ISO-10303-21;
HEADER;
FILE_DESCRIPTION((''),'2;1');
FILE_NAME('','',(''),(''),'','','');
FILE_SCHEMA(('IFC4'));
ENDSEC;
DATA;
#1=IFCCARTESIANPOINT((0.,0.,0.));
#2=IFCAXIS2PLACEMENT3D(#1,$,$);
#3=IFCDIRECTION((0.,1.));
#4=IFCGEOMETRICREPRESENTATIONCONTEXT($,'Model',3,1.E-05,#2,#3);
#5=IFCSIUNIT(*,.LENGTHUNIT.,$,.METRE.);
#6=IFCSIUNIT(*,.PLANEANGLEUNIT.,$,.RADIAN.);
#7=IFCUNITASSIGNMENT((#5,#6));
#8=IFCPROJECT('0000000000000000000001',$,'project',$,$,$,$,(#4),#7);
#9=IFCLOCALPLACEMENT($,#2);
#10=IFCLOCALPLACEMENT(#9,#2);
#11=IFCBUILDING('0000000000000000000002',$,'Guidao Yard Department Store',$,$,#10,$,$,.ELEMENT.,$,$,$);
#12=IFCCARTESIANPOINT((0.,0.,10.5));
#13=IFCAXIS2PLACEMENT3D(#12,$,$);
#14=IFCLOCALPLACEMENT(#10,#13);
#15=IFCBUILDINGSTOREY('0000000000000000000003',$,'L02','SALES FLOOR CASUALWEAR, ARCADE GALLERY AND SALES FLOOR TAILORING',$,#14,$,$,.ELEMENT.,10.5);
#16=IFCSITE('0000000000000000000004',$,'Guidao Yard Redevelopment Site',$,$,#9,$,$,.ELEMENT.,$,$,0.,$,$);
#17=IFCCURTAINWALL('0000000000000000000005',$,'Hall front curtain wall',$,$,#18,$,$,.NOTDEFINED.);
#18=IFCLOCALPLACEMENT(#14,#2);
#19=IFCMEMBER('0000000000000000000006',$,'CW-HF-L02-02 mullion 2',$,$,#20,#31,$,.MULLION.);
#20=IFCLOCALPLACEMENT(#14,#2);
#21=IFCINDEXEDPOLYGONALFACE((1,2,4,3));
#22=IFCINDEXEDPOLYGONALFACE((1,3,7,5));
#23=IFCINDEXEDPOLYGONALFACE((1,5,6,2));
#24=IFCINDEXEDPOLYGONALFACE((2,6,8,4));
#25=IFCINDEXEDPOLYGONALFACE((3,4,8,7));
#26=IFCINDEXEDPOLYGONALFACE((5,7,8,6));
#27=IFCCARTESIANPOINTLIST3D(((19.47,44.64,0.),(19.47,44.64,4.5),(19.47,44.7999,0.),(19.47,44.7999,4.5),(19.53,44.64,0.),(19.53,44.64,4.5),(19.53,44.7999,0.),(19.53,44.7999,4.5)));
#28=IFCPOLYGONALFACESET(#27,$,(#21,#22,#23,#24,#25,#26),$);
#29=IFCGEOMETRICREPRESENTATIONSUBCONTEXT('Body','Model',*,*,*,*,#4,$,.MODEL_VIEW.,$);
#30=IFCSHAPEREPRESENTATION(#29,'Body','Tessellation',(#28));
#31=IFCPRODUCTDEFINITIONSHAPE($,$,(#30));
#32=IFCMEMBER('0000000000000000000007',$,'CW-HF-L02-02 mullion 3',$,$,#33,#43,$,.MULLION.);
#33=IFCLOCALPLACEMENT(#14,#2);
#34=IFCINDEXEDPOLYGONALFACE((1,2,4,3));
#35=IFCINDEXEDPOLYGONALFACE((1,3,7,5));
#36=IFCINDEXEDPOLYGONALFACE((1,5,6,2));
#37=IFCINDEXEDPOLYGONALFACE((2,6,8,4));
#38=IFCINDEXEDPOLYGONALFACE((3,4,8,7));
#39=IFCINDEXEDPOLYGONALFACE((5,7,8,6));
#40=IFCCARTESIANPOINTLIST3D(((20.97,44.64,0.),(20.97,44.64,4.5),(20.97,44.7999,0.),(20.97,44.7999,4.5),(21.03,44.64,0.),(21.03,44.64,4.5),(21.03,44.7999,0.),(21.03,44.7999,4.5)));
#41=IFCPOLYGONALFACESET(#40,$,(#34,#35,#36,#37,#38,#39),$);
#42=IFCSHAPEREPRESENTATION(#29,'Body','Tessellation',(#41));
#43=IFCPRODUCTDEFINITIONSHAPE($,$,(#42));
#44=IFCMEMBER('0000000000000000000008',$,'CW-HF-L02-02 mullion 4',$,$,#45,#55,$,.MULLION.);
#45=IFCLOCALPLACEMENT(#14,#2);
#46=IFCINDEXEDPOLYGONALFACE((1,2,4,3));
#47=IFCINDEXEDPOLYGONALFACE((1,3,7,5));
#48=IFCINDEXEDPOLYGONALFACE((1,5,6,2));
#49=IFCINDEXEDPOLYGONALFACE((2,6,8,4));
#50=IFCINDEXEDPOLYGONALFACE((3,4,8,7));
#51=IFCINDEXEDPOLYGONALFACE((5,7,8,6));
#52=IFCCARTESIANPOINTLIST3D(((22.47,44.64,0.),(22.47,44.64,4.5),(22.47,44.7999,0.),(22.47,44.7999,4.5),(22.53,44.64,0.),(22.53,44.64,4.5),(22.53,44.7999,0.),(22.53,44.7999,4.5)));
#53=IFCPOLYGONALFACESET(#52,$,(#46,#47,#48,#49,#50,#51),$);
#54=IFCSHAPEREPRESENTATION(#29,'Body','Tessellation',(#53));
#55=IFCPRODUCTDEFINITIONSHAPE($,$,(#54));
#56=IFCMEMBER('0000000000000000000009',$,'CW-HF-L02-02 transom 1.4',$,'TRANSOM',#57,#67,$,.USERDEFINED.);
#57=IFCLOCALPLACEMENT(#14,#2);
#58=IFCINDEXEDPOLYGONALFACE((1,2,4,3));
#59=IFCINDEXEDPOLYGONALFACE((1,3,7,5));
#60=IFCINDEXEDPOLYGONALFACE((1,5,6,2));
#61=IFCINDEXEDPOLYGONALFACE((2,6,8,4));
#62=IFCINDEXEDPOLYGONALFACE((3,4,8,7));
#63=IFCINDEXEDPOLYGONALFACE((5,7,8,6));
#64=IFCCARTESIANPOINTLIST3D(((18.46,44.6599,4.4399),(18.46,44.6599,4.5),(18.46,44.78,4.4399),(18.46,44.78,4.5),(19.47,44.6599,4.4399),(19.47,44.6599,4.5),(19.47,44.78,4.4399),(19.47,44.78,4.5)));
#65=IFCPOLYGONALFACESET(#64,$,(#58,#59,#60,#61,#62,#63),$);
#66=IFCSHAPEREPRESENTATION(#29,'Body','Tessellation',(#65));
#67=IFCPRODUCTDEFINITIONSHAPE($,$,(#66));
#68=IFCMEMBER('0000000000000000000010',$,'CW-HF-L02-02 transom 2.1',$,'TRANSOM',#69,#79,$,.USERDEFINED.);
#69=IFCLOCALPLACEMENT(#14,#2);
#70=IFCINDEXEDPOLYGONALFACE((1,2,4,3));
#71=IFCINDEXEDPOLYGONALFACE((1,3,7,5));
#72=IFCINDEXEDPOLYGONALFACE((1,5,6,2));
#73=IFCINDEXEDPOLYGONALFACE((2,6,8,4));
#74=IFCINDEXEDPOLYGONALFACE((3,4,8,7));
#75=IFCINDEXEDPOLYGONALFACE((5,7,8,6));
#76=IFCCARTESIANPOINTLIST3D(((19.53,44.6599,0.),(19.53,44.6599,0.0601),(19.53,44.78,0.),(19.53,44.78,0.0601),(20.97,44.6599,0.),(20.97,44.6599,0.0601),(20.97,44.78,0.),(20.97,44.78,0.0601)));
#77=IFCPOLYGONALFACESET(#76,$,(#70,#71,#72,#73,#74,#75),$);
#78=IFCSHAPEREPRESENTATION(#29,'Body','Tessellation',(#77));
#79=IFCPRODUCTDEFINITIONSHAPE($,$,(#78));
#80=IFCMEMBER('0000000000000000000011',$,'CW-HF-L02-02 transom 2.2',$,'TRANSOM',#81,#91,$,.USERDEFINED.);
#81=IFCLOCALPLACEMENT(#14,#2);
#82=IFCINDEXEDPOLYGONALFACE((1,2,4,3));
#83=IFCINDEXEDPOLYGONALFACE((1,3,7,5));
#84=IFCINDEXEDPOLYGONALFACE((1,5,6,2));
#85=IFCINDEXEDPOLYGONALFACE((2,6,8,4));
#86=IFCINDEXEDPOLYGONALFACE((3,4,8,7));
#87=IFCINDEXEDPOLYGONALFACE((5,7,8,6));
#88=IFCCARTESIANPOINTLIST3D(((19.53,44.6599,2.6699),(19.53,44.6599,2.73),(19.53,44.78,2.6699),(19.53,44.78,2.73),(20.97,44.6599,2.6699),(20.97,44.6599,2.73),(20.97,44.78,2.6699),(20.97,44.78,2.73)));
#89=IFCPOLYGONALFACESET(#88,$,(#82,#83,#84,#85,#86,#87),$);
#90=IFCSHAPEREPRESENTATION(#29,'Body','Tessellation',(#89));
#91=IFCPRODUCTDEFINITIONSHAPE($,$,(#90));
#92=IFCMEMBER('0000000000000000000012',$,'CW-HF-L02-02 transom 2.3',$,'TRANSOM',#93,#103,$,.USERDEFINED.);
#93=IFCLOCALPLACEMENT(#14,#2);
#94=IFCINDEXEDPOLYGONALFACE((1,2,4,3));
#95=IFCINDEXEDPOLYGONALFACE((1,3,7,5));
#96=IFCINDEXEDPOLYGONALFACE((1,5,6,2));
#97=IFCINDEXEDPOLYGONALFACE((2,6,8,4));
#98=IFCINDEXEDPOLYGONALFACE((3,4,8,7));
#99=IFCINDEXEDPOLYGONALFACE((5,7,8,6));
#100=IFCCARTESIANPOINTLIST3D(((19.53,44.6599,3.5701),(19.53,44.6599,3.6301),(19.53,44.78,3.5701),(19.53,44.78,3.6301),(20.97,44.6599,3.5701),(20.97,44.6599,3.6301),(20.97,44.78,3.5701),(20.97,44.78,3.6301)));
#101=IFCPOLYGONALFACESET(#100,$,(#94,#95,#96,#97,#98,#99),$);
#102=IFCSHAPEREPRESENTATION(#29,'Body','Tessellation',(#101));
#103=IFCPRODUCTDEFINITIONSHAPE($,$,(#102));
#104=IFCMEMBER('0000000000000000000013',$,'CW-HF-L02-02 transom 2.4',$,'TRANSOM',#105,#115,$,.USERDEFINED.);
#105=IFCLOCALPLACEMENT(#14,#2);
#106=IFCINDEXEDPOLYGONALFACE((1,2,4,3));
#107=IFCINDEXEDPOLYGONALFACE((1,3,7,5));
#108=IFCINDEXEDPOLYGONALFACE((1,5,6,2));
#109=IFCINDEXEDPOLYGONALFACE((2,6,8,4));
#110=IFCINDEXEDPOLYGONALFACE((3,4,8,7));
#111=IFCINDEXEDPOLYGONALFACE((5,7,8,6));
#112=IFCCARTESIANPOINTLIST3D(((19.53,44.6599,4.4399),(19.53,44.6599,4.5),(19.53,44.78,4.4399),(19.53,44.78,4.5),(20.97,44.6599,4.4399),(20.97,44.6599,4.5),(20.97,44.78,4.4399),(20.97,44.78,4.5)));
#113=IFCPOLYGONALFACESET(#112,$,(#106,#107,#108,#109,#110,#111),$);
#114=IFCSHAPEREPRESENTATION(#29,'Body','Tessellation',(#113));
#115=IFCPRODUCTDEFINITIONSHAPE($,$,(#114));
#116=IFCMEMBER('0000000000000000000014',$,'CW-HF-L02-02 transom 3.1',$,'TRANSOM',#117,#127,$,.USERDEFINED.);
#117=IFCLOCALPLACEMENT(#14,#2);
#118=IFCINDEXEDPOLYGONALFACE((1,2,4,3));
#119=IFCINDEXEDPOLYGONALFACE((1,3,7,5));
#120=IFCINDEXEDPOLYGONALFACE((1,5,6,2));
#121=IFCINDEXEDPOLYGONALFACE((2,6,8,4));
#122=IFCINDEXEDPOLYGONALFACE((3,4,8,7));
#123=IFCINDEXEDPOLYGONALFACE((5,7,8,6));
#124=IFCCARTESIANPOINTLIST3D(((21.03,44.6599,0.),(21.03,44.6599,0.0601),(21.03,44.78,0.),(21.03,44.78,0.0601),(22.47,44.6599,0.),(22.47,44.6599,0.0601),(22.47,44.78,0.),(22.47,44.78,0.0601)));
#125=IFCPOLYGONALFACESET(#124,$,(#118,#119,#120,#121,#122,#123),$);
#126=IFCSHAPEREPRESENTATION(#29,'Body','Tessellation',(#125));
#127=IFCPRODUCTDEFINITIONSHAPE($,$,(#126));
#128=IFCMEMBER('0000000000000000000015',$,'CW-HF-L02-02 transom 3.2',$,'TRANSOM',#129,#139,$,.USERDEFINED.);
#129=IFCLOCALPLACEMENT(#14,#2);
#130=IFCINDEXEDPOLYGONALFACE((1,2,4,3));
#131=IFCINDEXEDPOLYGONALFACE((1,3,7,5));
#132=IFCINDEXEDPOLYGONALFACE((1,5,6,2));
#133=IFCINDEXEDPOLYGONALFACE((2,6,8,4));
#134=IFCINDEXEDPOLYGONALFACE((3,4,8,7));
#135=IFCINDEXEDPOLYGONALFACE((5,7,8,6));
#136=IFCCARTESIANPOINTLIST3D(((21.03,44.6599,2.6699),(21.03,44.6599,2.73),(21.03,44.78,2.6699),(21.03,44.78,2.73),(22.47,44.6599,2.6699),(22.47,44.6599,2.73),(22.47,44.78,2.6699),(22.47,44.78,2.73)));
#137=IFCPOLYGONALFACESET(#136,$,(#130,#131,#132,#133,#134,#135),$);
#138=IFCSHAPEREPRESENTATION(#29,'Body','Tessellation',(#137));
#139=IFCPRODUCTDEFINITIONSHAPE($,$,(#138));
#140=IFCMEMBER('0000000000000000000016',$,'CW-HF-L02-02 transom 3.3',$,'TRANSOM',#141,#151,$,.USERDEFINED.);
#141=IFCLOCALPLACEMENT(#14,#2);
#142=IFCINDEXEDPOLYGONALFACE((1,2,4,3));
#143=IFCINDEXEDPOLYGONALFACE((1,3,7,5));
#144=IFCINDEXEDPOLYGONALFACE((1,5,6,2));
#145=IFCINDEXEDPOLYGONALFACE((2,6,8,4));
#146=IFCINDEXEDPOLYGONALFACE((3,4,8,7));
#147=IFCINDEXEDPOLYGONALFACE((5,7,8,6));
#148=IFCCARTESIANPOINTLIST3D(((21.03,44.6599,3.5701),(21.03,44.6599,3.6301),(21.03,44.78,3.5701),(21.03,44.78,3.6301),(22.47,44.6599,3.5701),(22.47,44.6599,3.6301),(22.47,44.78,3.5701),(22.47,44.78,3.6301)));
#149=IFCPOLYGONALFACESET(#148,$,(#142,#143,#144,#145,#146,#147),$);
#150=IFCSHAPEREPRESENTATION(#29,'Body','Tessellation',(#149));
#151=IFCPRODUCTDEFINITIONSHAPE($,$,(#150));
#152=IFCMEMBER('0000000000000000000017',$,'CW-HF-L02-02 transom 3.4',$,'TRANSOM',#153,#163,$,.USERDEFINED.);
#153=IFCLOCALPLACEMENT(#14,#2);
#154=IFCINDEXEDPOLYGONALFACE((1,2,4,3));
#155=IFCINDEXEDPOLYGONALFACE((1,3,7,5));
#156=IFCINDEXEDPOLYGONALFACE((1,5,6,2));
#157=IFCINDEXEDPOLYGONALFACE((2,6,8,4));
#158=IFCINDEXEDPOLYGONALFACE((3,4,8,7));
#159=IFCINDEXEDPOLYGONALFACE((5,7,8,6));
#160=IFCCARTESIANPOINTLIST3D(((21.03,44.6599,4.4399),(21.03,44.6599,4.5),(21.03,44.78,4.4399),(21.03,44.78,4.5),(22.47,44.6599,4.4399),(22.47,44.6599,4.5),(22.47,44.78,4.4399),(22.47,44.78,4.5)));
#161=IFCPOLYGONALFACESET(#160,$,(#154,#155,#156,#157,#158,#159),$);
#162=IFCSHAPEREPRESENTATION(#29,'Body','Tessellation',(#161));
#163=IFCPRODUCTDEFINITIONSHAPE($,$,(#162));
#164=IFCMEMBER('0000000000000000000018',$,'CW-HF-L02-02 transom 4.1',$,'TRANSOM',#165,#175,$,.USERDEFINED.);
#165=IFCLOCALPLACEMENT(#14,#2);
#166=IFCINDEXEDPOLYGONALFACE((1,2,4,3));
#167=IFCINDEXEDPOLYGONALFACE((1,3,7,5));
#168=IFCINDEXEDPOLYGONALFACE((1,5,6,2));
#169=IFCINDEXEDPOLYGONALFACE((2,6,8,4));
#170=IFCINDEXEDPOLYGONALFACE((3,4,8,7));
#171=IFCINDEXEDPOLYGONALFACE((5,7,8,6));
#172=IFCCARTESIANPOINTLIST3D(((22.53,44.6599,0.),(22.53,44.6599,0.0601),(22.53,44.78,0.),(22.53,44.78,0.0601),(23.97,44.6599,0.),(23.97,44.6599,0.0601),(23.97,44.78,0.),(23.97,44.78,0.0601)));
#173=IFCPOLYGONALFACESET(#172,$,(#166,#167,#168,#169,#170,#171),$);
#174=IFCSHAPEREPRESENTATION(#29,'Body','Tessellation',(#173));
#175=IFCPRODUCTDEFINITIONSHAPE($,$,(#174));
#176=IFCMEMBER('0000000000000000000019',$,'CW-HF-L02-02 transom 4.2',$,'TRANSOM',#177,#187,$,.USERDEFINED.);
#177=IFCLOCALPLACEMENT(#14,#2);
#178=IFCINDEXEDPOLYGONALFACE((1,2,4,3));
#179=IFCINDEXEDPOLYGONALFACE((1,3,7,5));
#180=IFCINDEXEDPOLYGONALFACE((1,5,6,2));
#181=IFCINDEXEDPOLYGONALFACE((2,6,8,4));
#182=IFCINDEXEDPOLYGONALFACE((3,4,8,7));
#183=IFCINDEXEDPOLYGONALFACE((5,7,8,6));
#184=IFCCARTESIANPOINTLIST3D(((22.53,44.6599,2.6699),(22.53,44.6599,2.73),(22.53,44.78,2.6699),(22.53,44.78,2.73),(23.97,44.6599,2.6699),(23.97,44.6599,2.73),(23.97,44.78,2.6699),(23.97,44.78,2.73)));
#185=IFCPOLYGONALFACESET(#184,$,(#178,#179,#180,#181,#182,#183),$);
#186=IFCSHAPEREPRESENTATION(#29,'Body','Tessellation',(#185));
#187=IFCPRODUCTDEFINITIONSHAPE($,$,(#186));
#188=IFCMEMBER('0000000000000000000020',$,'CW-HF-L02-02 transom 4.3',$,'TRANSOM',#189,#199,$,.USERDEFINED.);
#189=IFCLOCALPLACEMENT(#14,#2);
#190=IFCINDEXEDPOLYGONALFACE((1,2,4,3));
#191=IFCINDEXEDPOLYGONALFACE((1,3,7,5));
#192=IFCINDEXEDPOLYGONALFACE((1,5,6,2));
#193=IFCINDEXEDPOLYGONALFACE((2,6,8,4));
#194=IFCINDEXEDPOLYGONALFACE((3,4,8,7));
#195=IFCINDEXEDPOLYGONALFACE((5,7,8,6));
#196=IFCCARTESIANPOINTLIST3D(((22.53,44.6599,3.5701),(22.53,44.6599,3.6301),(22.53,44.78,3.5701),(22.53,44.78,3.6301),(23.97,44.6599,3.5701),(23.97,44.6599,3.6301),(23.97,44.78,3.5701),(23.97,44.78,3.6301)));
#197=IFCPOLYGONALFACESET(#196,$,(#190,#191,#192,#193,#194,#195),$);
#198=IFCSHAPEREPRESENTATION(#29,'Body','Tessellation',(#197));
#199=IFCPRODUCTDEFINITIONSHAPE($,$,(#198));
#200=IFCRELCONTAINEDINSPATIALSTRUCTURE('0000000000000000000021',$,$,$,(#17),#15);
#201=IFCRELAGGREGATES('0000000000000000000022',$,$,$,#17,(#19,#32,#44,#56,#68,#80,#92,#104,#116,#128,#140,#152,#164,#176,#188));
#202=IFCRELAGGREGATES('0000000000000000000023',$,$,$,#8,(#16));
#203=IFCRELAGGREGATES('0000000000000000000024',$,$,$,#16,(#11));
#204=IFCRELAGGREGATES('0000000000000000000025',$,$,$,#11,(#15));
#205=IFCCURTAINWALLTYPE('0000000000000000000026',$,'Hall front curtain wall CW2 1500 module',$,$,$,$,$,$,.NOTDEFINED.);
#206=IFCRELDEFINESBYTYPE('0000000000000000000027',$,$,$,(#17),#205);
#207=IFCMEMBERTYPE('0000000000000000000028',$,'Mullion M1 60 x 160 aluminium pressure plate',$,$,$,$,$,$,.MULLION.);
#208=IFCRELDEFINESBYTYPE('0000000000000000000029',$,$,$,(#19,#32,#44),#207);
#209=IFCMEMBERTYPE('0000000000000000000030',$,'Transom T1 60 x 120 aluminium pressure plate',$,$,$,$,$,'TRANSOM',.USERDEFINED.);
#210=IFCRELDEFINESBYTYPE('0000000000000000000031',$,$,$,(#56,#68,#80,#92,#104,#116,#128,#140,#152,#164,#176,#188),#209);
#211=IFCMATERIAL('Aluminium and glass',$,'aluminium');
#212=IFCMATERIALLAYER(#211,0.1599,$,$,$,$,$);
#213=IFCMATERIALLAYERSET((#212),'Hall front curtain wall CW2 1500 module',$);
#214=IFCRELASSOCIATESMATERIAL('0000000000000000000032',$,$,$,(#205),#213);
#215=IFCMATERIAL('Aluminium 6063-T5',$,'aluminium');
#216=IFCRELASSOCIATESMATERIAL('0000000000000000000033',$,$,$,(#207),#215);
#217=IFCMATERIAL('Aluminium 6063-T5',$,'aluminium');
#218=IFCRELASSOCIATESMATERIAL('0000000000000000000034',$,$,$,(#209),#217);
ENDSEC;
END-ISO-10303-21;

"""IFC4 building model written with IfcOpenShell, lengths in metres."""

from ifc_helpers import new_model, si_unit, direction, frame, origin, origin_2d, place, context, subcontext, project, spatial, rectangle, extrude, material, layer, layer_set, material_profile, profile_set, type_object, element, aggregate, save


model = new_model("IFC4")

# Units and contexts
model_context = context("Model", 3, precision=1e-05, world=origin(), true_north=direction((0.0, 1.0)))
body_context = subcontext(model_context, "Body", "Model", "MODEL_VIEW")
ifc_project = project(units=[si_unit("LENGTHUNIT", "METRE"), si_unit("PLANEANGLEUNIT", "RADIAN")], contexts=[model_context])

# Site, building, storey
site_placement = place(None, origin())
site = spatial("IfcSite", under=ifc_project, at=site_placement, Name="Guidao Yard Redevelopment Site", CompositionType="ELEMENT", RefElevation=0.0)
building_placement = place(site_placement, origin())
building = spatial("IfcBuilding", under=site, at=building_placement, Name="Guidao Yard Department Store", CompositionType="ELEMENT")
storey_placement = place(building_placement, frame((0.0, 0.0, 10.5)))
storey = spatial("IfcBuildingStorey", under=building, at=storey_placement, Name="L02", Description="SALES FLOOR CASUALWEAR, ARCADE GALLERY AND SALES FLOOR TAILORING", CompositionType="ELEMENT", Elevation=10.5)

# Curtain wall, members
ifc_material_1 = material(Name="Aluminium and glass", Category="aluminium")
ifc_layer_1 = layer(ifc_material_1, 0.1599)
ifc_layer_set_1 = layer_set([ifc_layer_1], Name="Hall front curtain wall CW2 1500 module")
curtain_wall_type = type_object("IfcCurtainWallType", Name="Hall front curtain wall CW2 1500 module", PredefinedType="NOTDEFINED", material=ifc_layer_set_1)
curtain_wall_placement = place(storey_placement, origin())
curtain_wall = element("IfcCurtainWall", 1, at=curtain_wall_placement, inside=storey, type_object=curtain_wall_type, Name="Hall front curtain wall", PredefinedType="NOTDEFINED")
ifc_material_2 = material(Name="Aluminium 6063-T5", Category="aluminium")
ifc_material_profile_1 = material_profile(ifc_material_2, rectangle(XDim=0.0601, YDim=0.1599, at=origin_2d()), Name="Mullion M1 60 x 160 aluminium pressure plate")
ifc_profile_set_1 = profile_set([ifc_material_profile_1], Name="Aluminium 6063-T5")
member_type_1 = type_object("IfcMemberType", Name="Mullion M1 60 x 160 aluminium pressure plate", PredefinedType="MULLION", material=ifc_profile_set_1)
member_1_placement = place(storey_placement, frame((19.5, 44.72, 0.0), z_axis=(0.0, 0.0, 1.0), x_axis=(-1.0, 0.0, 0.0)))
member_1 = element("IfcMember", 2, at=member_1_placement, type_object=member_type_1, Name="CW-HF-L02-02 mullion 2", PredefinedType="MULLION", context=body_context, shape_type="SweptSolid", body=[
    extrude(rectangle(XDim=0.0601, YDim=0.1599, at=origin_2d()), origin(), (0.0, 0.0, 1.0), 4.5),
])
member_2_placement = place(storey_placement, frame((21.0, 44.72, 0.0), z_axis=(0.0, 0.0, 1.0), x_axis=(-1.0, 0.0, 0.0)))
member_2 = element("IfcMember", 3, at=member_2_placement, type_object=member_type_1, Name="CW-HF-L02-02 mullion 3", PredefinedType="MULLION", context=body_context, shape_type="SweptSolid", body=[
    extrude(rectangle(XDim=0.0601, YDim=0.1599, at=origin_2d()), origin(), (0.0, 0.0, 1.0), 4.5),
])
member_3_placement = place(storey_placement, frame((22.5, 44.72, 0.0), z_axis=(0.0, 0.0, 1.0), x_axis=(-1.0, 0.0, 0.0)))
member_3 = element("IfcMember", 4, at=member_3_placement, type_object=member_type_1, Name="CW-HF-L02-02 mullion 4", PredefinedType="MULLION", context=body_context, shape_type="SweptSolid", body=[
    extrude(rectangle(XDim=0.0601, YDim=0.1599, at=origin_2d()), origin(), (0.0, 0.0, 1.0), 4.5),
])
ifc_material_3 = material(Name="Aluminium 6063-T5", Category="aluminium")
ifc_material_profile_2 = material_profile(ifc_material_3, rectangle(XDim=0.1201, YDim=0.0601, at=origin_2d()), Name="Transom T1 60 x 120 aluminium pressure plate")
ifc_profile_set_2 = profile_set([ifc_material_profile_2], Name="Aluminium 6063-T5")
member_type_2 = type_object("IfcMemberType", Name="Transom T1 60 x 120 aluminium pressure plate", ElementType="TRANSOM", PredefinedType="USERDEFINED", material=ifc_profile_set_2)
member_4_placement = place(storey_placement, frame((19.47, 44.72, 4.47), z_axis=(-1.0, 0.0, 0.0), x_axis=(0.0, -1.0, 0.0)))
member_4 = element("IfcMember", 5, at=member_4_placement, type_object=member_type_2, Name="CW-HF-L02-02 transom 1.4", ObjectType="TRANSOM", PredefinedType="USERDEFINED", context=body_context, shape_type="SweptSolid", body=[
    extrude(rectangle(XDim=0.1201, YDim=0.0601, at=origin_2d()), origin(), (0.0, 0.0, 1.0), 1.01),
])
member_5_placement = place(storey_placement, frame((20.97, 44.72, 0.03), z_axis=(-1.0, 0.0, 0.0), x_axis=(0.0, -1.0, 0.0)))
member_5 = element("IfcMember", 6, at=member_5_placement, type_object=member_type_2, Name="CW-HF-L02-02 transom 2.1", ObjectType="TRANSOM", PredefinedType="USERDEFINED", context=body_context, shape_type="SweptSolid", body=[
    extrude(rectangle(XDim=0.1201, YDim=0.0601, at=origin_2d()), origin(), (0.0, 0.0, 1.0), 1.4399),
])
member_6_placement = place(storey_placement, frame((20.97, 44.72, 2.7), z_axis=(-1.0, 0.0, 0.0), x_axis=(0.0, -1.0, 0.0)))
member_6 = element("IfcMember", 7, at=member_6_placement, type_object=member_type_2, Name="CW-HF-L02-02 transom 2.2", ObjectType="TRANSOM", PredefinedType="USERDEFINED", context=body_context, shape_type="SweptSolid", body=[
    extrude(rectangle(XDim=0.1201, YDim=0.0601, at=origin_2d()), origin(), (0.0, 0.0, 1.0), 1.4399),
])
member_7_placement = place(storey_placement, frame((20.97, 44.72, 3.6001), z_axis=(-1.0, 0.0, 0.0), x_axis=(0.0, -1.0, 0.0)))
member_7 = element("IfcMember", 8, at=member_7_placement, type_object=member_type_2, Name="CW-HF-L02-02 transom 2.3", ObjectType="TRANSOM", PredefinedType="USERDEFINED", context=body_context, shape_type="SweptSolid", body=[
    extrude(rectangle(XDim=0.1201, YDim=0.0601, at=origin_2d()), origin(), (0.0, 0.0, 1.0), 1.4399),
])
member_8_placement = place(storey_placement, frame((20.97, 44.72, 4.47), z_axis=(-1.0, 0.0, 0.0), x_axis=(0.0, -1.0, 0.0)))
member_8 = element("IfcMember", 9, at=member_8_placement, type_object=member_type_2, Name="CW-HF-L02-02 transom 2.4", ObjectType="TRANSOM", PredefinedType="USERDEFINED", context=body_context, shape_type="SweptSolid", body=[
    extrude(rectangle(XDim=0.1201, YDim=0.0601, at=origin_2d()), origin(), (0.0, 0.0, 1.0), 1.4399),
])
member_9_placement = place(storey_placement, frame((22.47, 44.72, 0.03), z_axis=(-1.0, 0.0, 0.0), x_axis=(0.0, -1.0, 0.0)))
member_9 = element("IfcMember", 10, at=member_9_placement, type_object=member_type_2, Name="CW-HF-L02-02 transom 3.1", ObjectType="TRANSOM", PredefinedType="USERDEFINED", context=body_context, shape_type="SweptSolid", body=[
    extrude(rectangle(XDim=0.1201, YDim=0.0601, at=origin_2d()), origin(), (0.0, 0.0, 1.0), 1.4399),
])
member_10_placement = place(storey_placement, frame((22.47, 44.72, 2.7), z_axis=(-1.0, 0.0, 0.0), x_axis=(0.0, -1.0, 0.0)))
member_10 = element("IfcMember", 11, at=member_10_placement, type_object=member_type_2, Name="CW-HF-L02-02 transom 3.2", ObjectType="TRANSOM", PredefinedType="USERDEFINED", context=body_context, shape_type="SweptSolid", body=[
    extrude(rectangle(XDim=0.1201, YDim=0.0601, at=origin_2d()), origin(), (0.0, 0.0, 1.0), 1.4399),
])
member_11_placement = place(storey_placement, frame((22.47, 44.72, 3.6001), z_axis=(-1.0, 0.0, 0.0), x_axis=(0.0, -1.0, 0.0)))
member_11 = element("IfcMember", 12, at=member_11_placement, type_object=member_type_2, Name="CW-HF-L02-02 transom 3.3", ObjectType="TRANSOM", PredefinedType="USERDEFINED", context=body_context, shape_type="SweptSolid", body=[
    extrude(rectangle(XDim=0.1201, YDim=0.0601, at=origin_2d()), origin(), (0.0, 0.0, 1.0), 1.4399),
])
member_12_placement = place(storey_placement, frame((22.47, 44.72, 4.47), z_axis=(-1.0, 0.0, 0.0), x_axis=(0.0, -1.0, 0.0)))
member_12 = element("IfcMember", 13, at=member_12_placement, type_object=member_type_2, Name="CW-HF-L02-02 transom 3.4", ObjectType="TRANSOM", PredefinedType="USERDEFINED", context=body_context, shape_type="SweptSolid", body=[
    extrude(rectangle(XDim=0.1201, YDim=0.0601, at=origin_2d()), origin(), (0.0, 0.0, 1.0), 1.4399),
])
member_13_placement = place(storey_placement, frame((23.97, 44.72, 0.03), z_axis=(-1.0, 0.0, 0.0), x_axis=(0.0, -1.0, 0.0)))
member_13 = element("IfcMember", 14, at=member_13_placement, type_object=member_type_2, Name="CW-HF-L02-02 transom 4.1", ObjectType="TRANSOM", PredefinedType="USERDEFINED", context=body_context, shape_type="SweptSolid", body=[
    extrude(rectangle(XDim=0.1201, YDim=0.0601, at=origin_2d()), origin(), (0.0, 0.0, 1.0), 1.4399),
])
member_14_placement = place(storey_placement, frame((23.97, 44.72, 2.7), z_axis=(-1.0, 0.0, 0.0), x_axis=(0.0, -1.0, 0.0)))
member_14 = element("IfcMember", 15, at=member_14_placement, type_object=member_type_2, Name="CW-HF-L02-02 transom 4.2", ObjectType="TRANSOM", PredefinedType="USERDEFINED", context=body_context, shape_type="SweptSolid", body=[
    extrude(rectangle(XDim=0.1201, YDim=0.0601, at=origin_2d()), origin(), (0.0, 0.0, 1.0), 1.4399),
])
member_15_placement = place(storey_placement, frame((23.97, 44.72, 3.6001), z_axis=(-1.0, 0.0, 0.0), x_axis=(0.0, -1.0, 0.0)))
member_15 = element("IfcMember", 16, at=member_15_placement, type_object=member_type_2, Name="CW-HF-L02-02 transom 4.3", ObjectType="TRANSOM", PredefinedType="USERDEFINED", context=body_context, shape_type="SweptSolid", body=[
    extrude(rectangle(XDim=0.1201, YDim=0.0601, at=origin_2d()), origin(), (0.0, 0.0, 1.0), 1.4399),
])
aggregate(curtain_wall, [member_1, member_2, member_3, member_4, member_5, member_6, member_7, member_8, member_9, member_10, member_11, member_12, member_13, member_14, member_15])

save(model, "model.ifc")
